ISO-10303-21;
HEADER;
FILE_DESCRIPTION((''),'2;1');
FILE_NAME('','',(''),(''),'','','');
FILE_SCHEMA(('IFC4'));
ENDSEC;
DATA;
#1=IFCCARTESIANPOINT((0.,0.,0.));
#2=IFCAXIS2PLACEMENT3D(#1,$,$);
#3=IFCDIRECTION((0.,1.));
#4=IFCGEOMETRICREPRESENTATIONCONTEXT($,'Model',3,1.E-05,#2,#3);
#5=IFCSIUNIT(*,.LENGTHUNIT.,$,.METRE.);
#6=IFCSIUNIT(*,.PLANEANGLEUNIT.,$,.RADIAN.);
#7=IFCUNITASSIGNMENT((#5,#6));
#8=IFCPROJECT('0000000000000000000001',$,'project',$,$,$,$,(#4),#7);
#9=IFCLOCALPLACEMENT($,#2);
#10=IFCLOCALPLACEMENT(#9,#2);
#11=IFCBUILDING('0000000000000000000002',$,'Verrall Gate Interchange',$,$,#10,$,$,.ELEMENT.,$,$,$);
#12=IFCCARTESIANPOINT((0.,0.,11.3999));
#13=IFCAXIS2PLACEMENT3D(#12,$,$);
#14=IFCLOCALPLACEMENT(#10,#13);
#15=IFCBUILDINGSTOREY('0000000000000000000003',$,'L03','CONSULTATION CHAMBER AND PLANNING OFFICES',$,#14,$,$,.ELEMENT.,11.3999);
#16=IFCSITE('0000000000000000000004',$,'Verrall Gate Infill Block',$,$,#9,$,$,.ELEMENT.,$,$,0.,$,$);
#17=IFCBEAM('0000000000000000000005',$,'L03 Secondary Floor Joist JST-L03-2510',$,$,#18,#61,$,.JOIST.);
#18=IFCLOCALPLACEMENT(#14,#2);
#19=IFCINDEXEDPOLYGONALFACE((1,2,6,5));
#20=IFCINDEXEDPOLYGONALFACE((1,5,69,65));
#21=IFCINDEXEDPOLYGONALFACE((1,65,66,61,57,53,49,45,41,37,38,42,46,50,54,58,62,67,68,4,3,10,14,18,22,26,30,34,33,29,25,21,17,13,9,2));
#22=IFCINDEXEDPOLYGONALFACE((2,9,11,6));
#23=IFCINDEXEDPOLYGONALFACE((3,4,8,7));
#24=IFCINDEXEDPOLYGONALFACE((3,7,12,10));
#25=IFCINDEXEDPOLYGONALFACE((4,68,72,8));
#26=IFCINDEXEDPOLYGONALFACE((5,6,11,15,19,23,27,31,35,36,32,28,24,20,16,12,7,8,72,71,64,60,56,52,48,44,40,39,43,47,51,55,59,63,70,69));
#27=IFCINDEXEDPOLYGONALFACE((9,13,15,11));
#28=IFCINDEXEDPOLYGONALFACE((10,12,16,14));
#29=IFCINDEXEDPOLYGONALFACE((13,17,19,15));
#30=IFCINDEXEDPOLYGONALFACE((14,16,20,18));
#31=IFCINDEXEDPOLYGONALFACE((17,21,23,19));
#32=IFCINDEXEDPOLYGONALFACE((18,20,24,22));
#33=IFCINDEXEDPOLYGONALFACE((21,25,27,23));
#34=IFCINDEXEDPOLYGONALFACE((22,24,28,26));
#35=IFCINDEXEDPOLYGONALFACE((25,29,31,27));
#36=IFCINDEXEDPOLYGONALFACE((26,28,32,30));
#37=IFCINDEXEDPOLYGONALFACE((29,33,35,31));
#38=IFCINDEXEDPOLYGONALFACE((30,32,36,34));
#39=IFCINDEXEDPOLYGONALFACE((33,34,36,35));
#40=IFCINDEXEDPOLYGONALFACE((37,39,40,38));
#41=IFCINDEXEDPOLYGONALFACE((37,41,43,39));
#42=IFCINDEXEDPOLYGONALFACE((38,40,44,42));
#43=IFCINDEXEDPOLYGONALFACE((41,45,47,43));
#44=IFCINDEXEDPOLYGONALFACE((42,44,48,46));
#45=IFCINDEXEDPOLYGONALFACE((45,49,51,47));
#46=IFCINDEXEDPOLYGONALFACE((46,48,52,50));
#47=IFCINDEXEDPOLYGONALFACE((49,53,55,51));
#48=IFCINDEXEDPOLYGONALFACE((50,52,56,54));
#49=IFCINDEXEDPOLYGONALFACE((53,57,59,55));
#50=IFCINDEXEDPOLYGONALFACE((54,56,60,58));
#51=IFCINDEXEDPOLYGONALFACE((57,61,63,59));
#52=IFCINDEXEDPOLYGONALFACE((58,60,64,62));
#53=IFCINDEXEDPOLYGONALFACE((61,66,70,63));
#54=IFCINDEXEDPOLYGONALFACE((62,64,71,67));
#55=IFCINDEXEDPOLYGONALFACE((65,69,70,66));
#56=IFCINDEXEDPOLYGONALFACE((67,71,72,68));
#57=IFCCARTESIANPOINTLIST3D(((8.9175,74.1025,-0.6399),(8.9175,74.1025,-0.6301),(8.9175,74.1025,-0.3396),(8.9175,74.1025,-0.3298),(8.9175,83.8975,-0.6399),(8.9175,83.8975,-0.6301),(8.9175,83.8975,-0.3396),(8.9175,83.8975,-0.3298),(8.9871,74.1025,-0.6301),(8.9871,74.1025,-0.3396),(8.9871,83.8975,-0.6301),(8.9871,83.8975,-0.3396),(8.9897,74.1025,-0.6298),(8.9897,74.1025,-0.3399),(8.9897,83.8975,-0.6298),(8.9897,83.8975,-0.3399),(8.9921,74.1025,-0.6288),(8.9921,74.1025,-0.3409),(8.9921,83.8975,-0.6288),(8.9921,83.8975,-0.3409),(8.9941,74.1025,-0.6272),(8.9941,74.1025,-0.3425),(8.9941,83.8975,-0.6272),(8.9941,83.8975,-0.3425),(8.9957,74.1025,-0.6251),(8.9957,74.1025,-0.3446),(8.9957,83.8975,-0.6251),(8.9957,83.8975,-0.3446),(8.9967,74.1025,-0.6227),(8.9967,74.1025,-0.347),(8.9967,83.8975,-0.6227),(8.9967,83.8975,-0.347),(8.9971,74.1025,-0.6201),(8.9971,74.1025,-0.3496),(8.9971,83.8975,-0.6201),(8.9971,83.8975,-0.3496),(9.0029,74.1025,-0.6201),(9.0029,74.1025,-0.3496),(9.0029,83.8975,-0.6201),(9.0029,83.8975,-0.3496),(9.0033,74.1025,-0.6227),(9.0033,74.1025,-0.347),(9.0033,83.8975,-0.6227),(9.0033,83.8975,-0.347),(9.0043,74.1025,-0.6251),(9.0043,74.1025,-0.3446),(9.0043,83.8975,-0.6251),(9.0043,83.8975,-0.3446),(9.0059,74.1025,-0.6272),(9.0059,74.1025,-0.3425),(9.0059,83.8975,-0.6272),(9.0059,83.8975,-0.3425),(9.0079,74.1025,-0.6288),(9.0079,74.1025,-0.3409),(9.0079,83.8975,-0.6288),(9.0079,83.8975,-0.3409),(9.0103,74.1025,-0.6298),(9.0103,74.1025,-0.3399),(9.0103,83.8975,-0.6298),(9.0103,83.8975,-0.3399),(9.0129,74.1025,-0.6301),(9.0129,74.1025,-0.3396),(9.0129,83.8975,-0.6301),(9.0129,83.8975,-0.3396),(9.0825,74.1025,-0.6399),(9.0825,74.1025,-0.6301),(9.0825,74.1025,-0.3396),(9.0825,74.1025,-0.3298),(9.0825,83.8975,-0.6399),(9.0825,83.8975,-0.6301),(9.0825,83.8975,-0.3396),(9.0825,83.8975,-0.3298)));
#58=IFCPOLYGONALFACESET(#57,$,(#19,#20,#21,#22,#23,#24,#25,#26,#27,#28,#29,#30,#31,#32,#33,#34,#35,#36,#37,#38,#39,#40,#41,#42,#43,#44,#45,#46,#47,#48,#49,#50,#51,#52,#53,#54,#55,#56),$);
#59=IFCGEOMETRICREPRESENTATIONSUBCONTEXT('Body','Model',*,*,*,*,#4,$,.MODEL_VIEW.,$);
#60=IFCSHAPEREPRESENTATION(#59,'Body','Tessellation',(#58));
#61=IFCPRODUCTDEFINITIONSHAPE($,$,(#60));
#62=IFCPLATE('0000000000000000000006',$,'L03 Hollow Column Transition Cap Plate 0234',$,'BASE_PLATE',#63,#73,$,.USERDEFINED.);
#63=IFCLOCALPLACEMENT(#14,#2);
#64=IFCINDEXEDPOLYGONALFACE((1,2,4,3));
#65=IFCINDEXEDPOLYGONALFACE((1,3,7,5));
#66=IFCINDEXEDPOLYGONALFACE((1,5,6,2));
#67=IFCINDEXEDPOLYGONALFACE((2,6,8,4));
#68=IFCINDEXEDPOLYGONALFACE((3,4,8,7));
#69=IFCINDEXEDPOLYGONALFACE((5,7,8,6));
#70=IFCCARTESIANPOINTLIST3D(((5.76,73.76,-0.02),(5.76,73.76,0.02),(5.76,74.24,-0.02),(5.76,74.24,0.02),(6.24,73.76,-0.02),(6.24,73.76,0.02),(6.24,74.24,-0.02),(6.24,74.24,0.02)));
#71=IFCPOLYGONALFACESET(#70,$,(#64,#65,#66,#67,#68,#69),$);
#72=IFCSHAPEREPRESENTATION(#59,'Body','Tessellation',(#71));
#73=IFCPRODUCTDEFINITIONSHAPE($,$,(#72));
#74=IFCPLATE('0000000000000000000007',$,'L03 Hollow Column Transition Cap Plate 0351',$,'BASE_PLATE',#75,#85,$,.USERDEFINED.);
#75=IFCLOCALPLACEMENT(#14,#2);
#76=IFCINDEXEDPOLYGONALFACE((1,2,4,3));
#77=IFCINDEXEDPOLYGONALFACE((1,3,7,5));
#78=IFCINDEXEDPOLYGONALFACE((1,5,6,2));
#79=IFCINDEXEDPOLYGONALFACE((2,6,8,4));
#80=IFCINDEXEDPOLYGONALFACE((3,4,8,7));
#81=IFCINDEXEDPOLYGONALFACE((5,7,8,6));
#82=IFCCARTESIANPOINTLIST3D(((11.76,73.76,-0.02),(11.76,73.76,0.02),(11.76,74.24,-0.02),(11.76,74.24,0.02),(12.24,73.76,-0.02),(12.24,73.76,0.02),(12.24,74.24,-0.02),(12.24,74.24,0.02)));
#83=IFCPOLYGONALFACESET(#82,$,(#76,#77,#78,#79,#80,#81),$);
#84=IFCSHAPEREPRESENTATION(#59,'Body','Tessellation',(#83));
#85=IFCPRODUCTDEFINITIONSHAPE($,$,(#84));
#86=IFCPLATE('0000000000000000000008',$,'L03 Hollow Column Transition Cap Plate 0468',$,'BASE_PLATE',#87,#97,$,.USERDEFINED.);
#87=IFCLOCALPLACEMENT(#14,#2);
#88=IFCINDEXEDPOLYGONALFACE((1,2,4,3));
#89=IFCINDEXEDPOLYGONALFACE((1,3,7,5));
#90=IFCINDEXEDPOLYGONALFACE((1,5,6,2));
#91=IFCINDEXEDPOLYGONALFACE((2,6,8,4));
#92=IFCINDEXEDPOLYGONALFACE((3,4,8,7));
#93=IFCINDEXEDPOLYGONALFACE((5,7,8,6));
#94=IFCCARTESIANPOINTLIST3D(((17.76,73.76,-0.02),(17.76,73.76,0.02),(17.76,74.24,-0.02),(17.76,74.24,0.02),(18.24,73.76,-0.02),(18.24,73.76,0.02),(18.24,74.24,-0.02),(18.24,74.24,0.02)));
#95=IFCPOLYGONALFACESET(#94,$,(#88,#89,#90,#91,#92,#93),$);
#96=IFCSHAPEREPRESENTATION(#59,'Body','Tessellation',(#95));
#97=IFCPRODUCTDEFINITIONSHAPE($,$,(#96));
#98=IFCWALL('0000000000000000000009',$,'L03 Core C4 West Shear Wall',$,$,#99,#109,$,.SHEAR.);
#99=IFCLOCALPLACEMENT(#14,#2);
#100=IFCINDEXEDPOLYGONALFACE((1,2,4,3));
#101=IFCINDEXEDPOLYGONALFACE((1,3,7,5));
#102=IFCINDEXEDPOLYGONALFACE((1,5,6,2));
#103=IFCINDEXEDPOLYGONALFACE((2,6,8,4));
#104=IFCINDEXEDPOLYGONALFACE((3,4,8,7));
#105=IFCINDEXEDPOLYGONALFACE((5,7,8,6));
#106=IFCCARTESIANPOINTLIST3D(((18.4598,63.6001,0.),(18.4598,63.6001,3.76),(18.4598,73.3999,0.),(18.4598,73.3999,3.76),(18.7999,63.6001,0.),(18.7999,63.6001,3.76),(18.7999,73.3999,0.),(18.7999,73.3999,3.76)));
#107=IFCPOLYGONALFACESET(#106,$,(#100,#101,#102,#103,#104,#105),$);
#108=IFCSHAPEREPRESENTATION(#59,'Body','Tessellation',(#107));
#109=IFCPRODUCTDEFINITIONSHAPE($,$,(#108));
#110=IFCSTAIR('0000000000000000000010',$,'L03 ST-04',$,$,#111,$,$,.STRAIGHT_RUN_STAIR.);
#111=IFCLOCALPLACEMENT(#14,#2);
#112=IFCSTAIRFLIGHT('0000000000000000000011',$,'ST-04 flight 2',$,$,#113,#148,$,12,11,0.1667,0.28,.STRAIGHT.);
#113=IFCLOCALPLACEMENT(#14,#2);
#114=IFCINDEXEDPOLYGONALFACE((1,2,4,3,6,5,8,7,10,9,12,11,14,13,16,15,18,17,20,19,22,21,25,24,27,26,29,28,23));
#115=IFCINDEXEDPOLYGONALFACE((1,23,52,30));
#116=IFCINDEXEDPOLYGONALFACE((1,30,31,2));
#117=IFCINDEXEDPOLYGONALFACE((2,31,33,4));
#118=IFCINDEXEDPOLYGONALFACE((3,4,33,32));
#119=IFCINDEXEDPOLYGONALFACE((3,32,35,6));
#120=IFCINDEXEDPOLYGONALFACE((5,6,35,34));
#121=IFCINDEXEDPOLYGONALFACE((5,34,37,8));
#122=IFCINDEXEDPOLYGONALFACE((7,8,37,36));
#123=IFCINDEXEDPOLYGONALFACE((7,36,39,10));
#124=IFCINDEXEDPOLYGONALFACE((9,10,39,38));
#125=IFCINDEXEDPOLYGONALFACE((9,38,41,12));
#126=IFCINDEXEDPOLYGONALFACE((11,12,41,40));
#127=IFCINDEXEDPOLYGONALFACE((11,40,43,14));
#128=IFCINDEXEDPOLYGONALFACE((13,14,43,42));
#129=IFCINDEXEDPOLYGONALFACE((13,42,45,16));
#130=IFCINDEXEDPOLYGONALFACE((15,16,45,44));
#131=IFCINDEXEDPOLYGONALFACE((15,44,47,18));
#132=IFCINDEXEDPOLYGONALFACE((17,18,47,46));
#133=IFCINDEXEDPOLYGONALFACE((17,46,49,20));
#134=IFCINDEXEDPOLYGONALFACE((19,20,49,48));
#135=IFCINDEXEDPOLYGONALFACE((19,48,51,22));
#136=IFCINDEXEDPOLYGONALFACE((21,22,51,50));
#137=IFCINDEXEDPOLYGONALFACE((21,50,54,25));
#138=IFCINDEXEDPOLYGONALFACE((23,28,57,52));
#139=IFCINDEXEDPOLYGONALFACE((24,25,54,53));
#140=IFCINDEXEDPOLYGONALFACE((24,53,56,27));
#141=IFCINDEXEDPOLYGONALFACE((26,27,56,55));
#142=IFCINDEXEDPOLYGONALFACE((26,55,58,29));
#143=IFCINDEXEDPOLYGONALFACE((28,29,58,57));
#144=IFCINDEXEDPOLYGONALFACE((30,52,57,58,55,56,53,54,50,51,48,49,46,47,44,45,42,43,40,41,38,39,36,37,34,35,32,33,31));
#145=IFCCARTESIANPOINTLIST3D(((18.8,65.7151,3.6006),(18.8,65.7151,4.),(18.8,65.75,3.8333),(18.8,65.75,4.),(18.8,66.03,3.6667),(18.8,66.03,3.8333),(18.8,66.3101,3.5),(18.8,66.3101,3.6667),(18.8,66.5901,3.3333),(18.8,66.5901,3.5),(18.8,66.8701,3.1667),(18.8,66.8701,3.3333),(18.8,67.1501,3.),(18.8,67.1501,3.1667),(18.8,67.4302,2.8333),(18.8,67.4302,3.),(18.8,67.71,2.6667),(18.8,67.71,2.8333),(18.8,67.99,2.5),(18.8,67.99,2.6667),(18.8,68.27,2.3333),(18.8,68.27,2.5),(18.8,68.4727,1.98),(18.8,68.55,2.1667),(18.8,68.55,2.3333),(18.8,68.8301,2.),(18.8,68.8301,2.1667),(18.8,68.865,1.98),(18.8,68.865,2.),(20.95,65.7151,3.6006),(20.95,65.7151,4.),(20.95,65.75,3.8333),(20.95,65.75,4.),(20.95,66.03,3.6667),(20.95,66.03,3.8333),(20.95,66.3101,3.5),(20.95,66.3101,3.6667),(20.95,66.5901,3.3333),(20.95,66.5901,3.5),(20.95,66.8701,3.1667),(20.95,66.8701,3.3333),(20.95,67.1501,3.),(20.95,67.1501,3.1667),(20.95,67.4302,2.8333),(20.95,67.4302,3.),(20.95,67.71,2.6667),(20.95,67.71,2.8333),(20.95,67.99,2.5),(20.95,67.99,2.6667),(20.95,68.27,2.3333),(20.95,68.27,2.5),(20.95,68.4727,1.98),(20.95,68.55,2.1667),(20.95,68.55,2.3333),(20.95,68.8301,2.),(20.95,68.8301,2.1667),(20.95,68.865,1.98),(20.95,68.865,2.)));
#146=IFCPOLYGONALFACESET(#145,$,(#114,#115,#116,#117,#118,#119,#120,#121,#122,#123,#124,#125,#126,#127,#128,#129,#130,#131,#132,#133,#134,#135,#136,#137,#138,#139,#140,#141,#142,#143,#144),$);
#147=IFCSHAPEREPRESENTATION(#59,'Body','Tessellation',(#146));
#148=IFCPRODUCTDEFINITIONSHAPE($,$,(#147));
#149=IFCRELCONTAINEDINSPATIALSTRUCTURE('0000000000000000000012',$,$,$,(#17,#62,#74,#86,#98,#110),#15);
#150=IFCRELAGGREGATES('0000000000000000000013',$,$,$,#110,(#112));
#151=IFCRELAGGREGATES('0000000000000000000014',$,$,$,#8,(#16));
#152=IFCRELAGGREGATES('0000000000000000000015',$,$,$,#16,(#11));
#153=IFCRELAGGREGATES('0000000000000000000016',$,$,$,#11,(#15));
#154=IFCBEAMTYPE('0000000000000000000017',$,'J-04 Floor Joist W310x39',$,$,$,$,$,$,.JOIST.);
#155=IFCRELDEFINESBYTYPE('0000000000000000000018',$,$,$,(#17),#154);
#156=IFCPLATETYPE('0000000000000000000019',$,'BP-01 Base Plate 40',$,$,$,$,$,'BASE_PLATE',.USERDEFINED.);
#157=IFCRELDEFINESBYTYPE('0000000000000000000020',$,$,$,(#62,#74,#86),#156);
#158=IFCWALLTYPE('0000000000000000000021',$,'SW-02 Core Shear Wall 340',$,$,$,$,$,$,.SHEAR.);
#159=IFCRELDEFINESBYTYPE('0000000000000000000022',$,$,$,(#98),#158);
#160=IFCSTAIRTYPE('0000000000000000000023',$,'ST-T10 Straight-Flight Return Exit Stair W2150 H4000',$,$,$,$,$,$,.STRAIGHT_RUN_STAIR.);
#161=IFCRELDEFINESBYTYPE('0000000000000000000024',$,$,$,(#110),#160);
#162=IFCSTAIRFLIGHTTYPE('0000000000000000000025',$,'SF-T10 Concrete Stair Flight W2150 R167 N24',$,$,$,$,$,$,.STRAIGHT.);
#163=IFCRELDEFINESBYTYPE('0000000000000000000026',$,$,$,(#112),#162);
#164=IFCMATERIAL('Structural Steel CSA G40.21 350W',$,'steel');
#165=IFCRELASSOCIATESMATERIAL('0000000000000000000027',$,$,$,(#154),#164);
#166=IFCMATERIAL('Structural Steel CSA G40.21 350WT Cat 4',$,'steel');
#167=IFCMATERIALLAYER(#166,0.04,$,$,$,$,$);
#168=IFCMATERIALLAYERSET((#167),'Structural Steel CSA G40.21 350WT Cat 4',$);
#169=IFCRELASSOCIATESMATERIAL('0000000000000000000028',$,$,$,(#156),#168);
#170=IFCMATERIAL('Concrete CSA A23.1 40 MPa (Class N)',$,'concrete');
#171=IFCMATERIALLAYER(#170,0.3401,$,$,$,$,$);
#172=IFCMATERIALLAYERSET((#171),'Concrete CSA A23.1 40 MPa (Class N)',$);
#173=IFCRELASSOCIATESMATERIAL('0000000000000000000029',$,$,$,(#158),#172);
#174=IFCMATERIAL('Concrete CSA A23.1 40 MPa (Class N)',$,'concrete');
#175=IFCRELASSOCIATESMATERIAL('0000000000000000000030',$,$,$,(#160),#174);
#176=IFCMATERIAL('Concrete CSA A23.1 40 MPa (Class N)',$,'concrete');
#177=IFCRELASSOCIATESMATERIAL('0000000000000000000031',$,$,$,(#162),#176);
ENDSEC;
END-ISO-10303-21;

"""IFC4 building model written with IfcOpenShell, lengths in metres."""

from ifc_helpers import new_model, si_unit, direction, frame, frame_2d, origin, origin_2d, place, context, subcontext, project, spatial, polyline, rectangle, i_section, outline, extrude, material, layer, layer_set, material_profile, profile_set, type_object, element, aggregate, save


model = new_model("IFC4")

# Units and contexts
model_context = context("Model", 3, precision=1e-05, world=origin(), true_north=direction((0.0, 1.0)))
body_context = subcontext(model_context, "Body", "Model", "MODEL_VIEW")
ifc_project = project(units=[si_unit("LENGTHUNIT", "METRE"), si_unit("PLANEANGLEUNIT", "RADIAN")], contexts=[model_context])

# Site, building, storey
site_placement = place(None, origin())
site = spatial("IfcSite", under=ifc_project, at=site_placement, Name="Verrall Gate Infill Block", CompositionType="ELEMENT", RefElevation=0.0)
building_placement = place(site_placement, origin())
building = spatial("IfcBuilding", under=site, at=building_placement, Name="Verrall Gate Interchange", CompositionType="ELEMENT")
storey_placement = place(building_placement, frame((0.0, 0.0, 11.3999)))
storey = spatial("IfcBuildingStorey", under=building, at=storey_placement, Name="L03", Description="CONSULTATION CHAMBER AND PLANNING OFFICES", CompositionType="ELEMENT", Elevation=11.3999)

# Beam
ifc_material_1 = material(Name="Structural Steel CSA G40.21 350W", Category="steel")
ifc_material_profile_1 = material_profile(ifc_material_1, i_section(OverallWidth=0.165, OverallDepth=0.3101, WebThickness=0.0059, FlangeThickness=0.0098, FilletRadius=0.01, at=origin_2d()), Name="W310x39")
ifc_profile_set_1 = profile_set([ifc_material_profile_1], Name="Structural Steel CSA G40.21 350W")
beam_type_1 = type_object("IfcBeamType", Name="J-04 Floor Joist W310x39", PredefinedType="JOIST", material=ifc_profile_set_1)
beam_1_placement = place(storey_placement, frame((9.0, 74.1025, -0.4849), z_axis=(0.0, 1.0, 0.0), x_axis=(-1.0, 0.0, 0.0)))
element("IfcBeam", 1, at=beam_1_placement, inside=storey, type_object=beam_type_1, Name="L03 Secondary Floor Joist JST-L03-2510", PredefinedType="JOIST", context=body_context, shape_type="SweptSolid", body=[
    extrude(i_section(OverallWidth=0.165, OverallDepth=0.3101, WebThickness=0.0059, FlangeThickness=0.0098, FilletRadius=0.01, at=origin_2d()), origin(), (0.0, 0.0, 1.0), 9.7949),
])

# Plates
ifc_material_2 = material(Name="Structural Steel CSA G40.21 350WT Cat 4", Category="steel")
ifc_layer_1 = layer(ifc_material_2, 0.04)
ifc_layer_set_1 = layer_set([ifc_layer_1], Name="Structural Steel CSA G40.21 350WT Cat 4")
plate_type = type_object("IfcPlateType", Name="BP-01 Base Plate 40", ElementType="BASE_PLATE", PredefinedType="USERDEFINED", material=ifc_layer_set_1)
for number, where, z_axis, x_axis, name in (
    (2, (6.0, 74.0, -0.02), (0.0, 0.0, 1.0), (1.0, 0.0, 0.0), "L03 Hollow Column Transition Cap Plate 0234"),
    (3, (12.0, 74.0, -0.02), (0.0, 0.0, 1.0), (1.0, 0.0, 0.0), "L03 Hollow Column Transition Cap Plate 0351"),
    (4, (18.0, 74.0, -0.02), (0.0, 0.0, 1.0), (1.0, 0.0, 0.0), "L03 Hollow Column Transition Cap Plate 0468"),
):
    element("IfcPlate", number, at=place(storey_placement, frame(where, z_axis=z_axis, x_axis=x_axis)), inside=storey, type_object=plate_type, Name=name, ObjectType="BASE_PLATE", PredefinedType="USERDEFINED", context=body_context, shape_type="SweptSolid", body=[
        extrude(rectangle(XDim=0.48, YDim=0.48, at=origin_2d()), origin(), (0.0, 0.0, 1.0), 0.04),
    ])

# Wall
ifc_material_3 = material(Name="Concrete CSA A23.1 40 MPa (Class N)", Category="concrete")
ifc_layer_2 = layer(ifc_material_3, 0.3401)
ifc_layer_set_2 = layer_set([ifc_layer_2], Name="Concrete CSA A23.1 40 MPa (Class N)")
wall_type = type_object("IfcWallType", Name="SW-02 Core Shear Wall 340", PredefinedType="SHEAR", material=ifc_layer_set_2)
wall_placement = place(storey_placement, frame((18.6299, 73.3999, 0.0), z_axis=(0.0, 0.0, 1.0), x_axis=(0.0, -1.0, 0.0)))
element("IfcWall", 5, at=wall_placement, inside=storey, type_object=wall_type, Name="L03 Core C4 West Shear Wall", PredefinedType="SHEAR", context=body_context, shape_type="SweptSolid", body=[
    extrude(rectangle(XDim=9.7998, YDim=0.3401, at=frame_2d((4.8999, 0.0))), origin(), (0.0, 0.0, 1.0), 3.76),
])

# Stair, stair flight
ifc_material_4 = material(Name="Concrete CSA A23.1 40 MPa (Class N)", Category="concrete")
stair_type = type_object("IfcStairType", Name="ST-T10 Straight-Flight Return Exit Stair W2150 H4000", PredefinedType="STRAIGHT_RUN_STAIR", material=ifc_material_4)
stair_placement = place(storey_placement, origin())
stair = element("IfcStair", 6, at=stair_placement, inside=storey, type_object=stair_type, Name="L03 ST-04", PredefinedType="STRAIGHT_RUN_STAIR")
ifc_material_5 = material(Name="Concrete CSA A23.1 40 MPa (Class N)", Category="concrete")
stair_flight_type = type_object("IfcStairFlightType", Name="SF-T10 Concrete Stair Flight W2150 R167 N24", PredefinedType="STRAIGHT", material=ifc_material_5)
stair_flight_placement = place(storey_placement, frame((19.875, 68.8301, 2.0), z_axis=(0.0, 0.0, 1.0), x_axis=(0.0, -1.0, 0.0)))
stair_flight = element("IfcStairFlight", 7, at=stair_flight_placement, type_object=stair_flight_type, Name="ST-04 flight 2", NumberOfRisers=12, NumberOfTreads=11, PredefinedType="STRAIGHT", RiserHeight=0.1667, TreadLength=0.28, context=body_context, shape_type="SweptSolid", body=[
    extrude(outline(polyline([(-0.0349, -0.02), (-0.0349, 0.0), (0.0, 0.0), (0.0, 0.1667), (0.28, 0.1667), (0.28, 0.3333), (0.5601, 0.3333), (0.5601, 0.5), (0.8401, 0.5), (0.8401, 0.6667), (1.1201, 0.6667), (1.1201, 0.8333), (1.3999, 0.8333), (1.3999, 1.0), (1.6799, 1.0), (1.6799, 1.1667), (1.96, 1.1667), (1.96, 1.3333), (2.24, 1.3333), (2.24, 1.5), (2.52, 1.5), (2.52, 1.6667), (2.8, 1.6667), (2.8, 1.8333), (3.0801, 1.8333), (3.0801, 2.0), (3.115, 2.0), (3.115, 1.6006), (0.3574, -0.02), (-0.0349, -0.02)])), frame((0.0, 1.075, 0.0), z_axis=(0.0, -1.0, 0.0), x_axis=(1.0, 0.0, 0.0)), (0.0, 0.0, 1.0), 2.1499),
])
aggregate(stair, [stair_flight])

save(model, "model.ifc")
